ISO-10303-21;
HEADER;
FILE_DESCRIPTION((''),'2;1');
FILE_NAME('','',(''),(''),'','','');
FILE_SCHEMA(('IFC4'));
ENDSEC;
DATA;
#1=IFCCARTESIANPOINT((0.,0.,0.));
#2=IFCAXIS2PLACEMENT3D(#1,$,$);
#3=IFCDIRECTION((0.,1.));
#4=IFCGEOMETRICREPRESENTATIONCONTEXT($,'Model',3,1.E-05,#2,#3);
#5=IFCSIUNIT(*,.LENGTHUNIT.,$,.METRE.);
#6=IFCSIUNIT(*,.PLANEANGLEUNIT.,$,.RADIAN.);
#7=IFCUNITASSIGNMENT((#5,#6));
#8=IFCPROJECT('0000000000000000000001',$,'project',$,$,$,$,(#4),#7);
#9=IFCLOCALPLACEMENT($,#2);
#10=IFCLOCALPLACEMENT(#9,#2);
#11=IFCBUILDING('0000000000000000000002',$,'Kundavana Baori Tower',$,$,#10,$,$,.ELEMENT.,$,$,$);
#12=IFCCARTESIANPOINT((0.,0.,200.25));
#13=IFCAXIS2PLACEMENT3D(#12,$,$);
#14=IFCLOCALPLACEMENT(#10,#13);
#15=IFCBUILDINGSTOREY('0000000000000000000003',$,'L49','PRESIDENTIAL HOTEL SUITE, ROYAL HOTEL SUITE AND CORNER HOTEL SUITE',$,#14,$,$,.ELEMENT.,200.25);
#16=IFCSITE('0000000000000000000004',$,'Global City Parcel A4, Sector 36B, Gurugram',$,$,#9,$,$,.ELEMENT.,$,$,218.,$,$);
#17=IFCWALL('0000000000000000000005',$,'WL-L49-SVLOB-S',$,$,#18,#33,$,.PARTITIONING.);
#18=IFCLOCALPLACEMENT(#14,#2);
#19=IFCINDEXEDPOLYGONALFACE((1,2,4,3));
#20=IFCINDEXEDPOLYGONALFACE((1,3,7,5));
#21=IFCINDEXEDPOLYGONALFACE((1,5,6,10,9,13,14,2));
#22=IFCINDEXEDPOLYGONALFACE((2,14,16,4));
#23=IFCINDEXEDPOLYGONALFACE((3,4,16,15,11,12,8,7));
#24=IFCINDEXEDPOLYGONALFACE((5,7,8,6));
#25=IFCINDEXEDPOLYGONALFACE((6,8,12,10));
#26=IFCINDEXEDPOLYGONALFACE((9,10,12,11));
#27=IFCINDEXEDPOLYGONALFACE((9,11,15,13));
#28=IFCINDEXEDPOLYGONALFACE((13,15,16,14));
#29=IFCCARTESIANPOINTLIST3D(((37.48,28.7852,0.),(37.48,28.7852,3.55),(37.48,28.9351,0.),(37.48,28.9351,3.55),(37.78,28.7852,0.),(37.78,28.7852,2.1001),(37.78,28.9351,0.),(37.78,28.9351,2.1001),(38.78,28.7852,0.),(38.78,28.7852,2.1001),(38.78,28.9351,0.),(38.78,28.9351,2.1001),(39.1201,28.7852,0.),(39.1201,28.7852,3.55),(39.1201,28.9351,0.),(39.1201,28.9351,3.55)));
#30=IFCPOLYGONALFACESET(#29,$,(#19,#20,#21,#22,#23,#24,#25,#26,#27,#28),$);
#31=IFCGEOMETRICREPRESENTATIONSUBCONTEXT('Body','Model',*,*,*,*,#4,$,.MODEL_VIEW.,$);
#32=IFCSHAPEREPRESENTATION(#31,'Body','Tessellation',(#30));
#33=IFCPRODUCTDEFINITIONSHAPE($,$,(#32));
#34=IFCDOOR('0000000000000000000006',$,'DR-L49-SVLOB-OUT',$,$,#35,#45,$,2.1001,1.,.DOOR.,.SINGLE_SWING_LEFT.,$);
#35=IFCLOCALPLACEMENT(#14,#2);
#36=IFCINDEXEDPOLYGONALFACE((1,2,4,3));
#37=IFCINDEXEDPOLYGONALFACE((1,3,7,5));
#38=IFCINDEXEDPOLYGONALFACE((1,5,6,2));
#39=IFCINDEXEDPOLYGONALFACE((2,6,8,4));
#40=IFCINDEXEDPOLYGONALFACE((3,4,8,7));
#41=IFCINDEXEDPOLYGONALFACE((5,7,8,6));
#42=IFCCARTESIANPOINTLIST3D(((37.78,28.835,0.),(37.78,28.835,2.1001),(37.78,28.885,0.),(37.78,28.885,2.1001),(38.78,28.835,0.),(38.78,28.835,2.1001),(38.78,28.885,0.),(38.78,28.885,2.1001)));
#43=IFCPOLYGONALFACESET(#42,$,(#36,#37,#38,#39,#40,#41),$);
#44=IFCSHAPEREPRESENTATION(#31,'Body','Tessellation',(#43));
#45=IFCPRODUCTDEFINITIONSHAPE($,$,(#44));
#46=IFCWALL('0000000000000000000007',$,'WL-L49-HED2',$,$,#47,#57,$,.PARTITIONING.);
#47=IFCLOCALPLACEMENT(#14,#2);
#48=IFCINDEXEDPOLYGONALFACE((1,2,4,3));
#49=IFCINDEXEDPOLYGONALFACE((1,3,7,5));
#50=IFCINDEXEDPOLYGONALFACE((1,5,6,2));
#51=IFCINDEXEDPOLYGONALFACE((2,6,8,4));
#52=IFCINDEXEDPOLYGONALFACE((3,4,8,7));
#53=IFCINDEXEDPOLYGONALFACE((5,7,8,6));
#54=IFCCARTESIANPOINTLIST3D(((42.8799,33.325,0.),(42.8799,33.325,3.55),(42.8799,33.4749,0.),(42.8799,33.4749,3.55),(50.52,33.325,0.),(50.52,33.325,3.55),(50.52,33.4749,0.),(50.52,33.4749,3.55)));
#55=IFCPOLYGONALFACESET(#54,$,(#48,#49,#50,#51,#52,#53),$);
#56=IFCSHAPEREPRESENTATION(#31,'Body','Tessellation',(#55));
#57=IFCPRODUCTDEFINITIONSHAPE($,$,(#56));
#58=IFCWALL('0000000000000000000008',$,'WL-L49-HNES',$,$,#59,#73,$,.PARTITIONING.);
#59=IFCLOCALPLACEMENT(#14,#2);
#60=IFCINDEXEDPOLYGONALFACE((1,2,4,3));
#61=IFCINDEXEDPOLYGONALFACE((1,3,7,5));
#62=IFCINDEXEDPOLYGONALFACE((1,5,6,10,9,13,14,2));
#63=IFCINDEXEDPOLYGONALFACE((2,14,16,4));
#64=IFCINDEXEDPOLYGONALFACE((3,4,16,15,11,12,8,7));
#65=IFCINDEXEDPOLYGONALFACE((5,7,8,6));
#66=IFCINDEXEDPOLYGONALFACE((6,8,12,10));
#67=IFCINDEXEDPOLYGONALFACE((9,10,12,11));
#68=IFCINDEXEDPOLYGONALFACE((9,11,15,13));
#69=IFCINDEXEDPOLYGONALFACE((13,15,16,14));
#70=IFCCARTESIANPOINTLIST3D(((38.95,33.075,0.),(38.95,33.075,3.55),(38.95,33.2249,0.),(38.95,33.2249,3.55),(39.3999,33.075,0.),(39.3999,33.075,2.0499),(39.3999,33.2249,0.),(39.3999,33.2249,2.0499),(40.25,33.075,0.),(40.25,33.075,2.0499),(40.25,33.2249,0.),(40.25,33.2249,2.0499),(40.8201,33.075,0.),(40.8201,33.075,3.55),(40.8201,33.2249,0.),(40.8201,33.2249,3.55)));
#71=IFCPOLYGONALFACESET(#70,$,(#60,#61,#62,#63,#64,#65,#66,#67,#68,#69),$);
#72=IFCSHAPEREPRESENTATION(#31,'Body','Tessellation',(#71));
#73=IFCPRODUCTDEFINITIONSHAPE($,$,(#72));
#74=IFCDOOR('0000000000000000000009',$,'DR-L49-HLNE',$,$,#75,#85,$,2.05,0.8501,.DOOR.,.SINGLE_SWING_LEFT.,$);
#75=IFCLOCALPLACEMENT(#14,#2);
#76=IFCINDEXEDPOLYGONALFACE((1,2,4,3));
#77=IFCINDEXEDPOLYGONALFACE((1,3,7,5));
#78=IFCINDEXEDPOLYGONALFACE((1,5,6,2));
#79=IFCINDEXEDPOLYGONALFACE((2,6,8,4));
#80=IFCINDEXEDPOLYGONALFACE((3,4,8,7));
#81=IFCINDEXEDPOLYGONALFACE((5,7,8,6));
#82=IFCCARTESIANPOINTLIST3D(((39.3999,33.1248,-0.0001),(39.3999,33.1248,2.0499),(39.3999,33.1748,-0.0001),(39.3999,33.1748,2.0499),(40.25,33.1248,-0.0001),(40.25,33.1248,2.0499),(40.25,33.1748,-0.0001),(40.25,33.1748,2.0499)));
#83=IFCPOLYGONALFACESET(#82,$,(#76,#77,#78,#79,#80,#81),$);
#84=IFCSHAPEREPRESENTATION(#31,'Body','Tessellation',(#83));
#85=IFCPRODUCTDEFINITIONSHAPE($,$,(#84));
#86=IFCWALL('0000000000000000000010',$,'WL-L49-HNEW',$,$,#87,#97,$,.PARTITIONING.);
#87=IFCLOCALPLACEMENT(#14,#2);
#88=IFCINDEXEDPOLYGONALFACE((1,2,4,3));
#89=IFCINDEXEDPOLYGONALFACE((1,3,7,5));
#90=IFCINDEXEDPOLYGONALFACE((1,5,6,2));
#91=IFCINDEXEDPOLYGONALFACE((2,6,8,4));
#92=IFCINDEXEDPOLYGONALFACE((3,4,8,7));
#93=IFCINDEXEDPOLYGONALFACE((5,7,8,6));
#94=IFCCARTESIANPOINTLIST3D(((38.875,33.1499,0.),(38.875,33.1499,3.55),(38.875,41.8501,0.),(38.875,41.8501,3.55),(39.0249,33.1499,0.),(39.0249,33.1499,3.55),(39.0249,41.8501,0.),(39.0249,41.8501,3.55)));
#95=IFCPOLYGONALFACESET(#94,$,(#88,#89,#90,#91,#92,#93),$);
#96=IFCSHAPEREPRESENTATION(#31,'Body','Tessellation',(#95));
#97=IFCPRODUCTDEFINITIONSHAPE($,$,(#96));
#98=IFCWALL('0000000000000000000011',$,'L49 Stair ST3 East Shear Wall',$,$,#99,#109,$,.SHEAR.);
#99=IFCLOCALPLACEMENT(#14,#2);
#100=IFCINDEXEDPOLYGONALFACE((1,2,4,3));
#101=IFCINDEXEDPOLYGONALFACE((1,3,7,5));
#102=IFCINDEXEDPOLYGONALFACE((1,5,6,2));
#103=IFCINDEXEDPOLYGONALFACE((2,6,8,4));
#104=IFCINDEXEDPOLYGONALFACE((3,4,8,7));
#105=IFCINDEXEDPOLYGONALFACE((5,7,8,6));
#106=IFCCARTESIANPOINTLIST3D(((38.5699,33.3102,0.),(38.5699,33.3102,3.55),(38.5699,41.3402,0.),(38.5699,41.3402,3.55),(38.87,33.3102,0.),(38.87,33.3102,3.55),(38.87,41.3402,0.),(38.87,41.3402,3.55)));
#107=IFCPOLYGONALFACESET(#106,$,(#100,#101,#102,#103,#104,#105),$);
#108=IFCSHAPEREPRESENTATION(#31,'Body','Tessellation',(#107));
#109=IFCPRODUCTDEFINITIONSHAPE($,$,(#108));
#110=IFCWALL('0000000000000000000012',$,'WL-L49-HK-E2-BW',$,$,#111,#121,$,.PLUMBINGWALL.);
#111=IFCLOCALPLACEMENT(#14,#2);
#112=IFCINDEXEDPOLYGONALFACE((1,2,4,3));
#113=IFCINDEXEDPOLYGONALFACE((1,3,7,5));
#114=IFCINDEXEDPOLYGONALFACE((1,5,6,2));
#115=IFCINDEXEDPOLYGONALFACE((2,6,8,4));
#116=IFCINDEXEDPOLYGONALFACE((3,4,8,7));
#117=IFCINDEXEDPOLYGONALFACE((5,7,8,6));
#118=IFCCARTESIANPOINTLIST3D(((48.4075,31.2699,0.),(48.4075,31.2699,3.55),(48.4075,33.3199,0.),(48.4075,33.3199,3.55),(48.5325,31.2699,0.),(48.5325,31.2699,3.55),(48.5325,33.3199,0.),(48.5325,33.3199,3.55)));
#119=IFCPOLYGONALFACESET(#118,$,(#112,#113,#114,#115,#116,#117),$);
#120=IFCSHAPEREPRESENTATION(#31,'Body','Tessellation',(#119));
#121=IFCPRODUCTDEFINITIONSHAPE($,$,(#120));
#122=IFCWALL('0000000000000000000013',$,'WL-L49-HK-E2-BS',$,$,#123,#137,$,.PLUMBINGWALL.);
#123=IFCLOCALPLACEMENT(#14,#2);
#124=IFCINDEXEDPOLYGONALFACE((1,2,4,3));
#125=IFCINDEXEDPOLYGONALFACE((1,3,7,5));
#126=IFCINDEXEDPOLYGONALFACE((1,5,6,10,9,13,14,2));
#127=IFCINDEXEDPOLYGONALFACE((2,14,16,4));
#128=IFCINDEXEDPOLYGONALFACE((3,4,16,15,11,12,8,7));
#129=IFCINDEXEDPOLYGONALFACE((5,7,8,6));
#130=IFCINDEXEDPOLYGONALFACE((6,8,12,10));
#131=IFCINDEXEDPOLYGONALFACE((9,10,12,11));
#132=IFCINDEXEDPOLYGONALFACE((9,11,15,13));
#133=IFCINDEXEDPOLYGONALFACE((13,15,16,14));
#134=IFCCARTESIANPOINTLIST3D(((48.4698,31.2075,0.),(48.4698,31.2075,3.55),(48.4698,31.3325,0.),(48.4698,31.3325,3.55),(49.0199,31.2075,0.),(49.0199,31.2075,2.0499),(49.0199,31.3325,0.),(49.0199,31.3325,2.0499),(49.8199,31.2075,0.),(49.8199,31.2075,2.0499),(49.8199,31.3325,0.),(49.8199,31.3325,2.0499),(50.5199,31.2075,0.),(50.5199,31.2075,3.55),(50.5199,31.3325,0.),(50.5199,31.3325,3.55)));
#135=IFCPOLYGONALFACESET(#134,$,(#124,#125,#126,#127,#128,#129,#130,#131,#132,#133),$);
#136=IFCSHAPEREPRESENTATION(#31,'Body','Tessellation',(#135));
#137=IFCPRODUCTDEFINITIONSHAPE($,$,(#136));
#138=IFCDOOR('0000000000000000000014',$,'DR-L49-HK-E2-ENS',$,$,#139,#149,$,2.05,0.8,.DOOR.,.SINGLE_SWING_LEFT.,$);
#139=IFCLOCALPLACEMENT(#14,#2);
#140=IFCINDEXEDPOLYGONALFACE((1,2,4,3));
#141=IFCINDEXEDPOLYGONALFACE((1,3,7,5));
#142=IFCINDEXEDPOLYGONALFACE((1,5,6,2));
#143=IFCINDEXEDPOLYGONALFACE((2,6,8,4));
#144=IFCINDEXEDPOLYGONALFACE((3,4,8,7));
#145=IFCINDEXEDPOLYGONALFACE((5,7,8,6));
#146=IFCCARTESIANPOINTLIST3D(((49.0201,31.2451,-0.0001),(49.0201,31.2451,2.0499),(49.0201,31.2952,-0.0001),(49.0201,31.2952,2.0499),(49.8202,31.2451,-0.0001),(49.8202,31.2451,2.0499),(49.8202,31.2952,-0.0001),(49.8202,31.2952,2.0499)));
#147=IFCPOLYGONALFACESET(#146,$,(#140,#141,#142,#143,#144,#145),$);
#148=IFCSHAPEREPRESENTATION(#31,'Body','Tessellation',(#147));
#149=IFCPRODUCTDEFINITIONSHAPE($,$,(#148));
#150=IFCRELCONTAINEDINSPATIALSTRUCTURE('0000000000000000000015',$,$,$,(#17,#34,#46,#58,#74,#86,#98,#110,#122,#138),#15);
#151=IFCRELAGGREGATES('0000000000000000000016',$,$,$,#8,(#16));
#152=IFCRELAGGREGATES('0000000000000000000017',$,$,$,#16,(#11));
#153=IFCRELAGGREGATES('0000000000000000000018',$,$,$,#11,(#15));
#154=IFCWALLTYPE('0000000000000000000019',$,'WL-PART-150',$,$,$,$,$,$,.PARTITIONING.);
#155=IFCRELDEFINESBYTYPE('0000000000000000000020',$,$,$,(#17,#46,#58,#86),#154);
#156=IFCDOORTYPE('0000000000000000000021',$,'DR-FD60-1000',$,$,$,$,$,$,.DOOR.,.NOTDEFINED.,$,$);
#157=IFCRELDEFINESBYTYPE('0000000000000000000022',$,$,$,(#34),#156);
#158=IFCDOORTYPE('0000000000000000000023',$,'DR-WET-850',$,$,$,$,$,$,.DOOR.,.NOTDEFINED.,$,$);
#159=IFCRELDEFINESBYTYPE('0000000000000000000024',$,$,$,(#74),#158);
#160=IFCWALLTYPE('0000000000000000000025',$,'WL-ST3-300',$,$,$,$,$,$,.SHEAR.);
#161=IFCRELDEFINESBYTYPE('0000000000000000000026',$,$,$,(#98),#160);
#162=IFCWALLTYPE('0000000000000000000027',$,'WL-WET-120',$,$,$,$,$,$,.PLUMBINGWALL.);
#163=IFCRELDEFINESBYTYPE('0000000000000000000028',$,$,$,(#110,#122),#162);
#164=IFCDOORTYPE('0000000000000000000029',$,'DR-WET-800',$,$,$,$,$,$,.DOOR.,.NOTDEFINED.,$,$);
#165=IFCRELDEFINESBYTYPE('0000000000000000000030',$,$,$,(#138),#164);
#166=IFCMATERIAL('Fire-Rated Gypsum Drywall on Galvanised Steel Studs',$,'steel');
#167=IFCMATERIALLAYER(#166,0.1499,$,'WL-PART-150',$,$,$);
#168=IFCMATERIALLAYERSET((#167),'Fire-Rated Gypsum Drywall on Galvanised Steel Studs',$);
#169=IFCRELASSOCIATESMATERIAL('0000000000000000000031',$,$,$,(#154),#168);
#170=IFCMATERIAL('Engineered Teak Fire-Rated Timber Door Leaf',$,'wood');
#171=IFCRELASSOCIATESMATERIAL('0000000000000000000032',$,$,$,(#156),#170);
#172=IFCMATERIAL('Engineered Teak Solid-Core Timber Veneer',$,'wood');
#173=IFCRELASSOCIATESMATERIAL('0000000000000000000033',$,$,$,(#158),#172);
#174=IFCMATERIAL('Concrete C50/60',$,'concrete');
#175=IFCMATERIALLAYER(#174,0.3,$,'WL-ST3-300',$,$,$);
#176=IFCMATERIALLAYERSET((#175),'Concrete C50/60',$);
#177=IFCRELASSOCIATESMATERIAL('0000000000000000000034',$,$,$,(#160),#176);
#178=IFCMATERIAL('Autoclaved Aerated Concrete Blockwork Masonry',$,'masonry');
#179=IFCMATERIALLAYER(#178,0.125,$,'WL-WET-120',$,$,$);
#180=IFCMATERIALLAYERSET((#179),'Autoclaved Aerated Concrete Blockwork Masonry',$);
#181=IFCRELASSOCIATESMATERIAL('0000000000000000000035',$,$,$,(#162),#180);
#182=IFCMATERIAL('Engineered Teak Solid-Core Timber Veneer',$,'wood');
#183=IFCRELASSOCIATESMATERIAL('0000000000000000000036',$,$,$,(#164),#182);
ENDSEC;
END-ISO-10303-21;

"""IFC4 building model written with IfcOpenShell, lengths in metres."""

from ifc_helpers import new_model, si_unit, direction, frame, frame_2d, origin, place, context, subcontext, project, spatial, rectangle, extrude, material, layer, layer_set, type_object, element, fill, save


model = new_model("IFC4")

# Units and contexts
model_context = context("Model", 3, precision=1e-05, world=origin(), true_north=direction((0.0, 1.0)))
body_context = subcontext(model_context, "Body", "Model", "MODEL_VIEW")
ifc_project = project(units=[si_unit("LENGTHUNIT", "METRE"), si_unit("PLANEANGLEUNIT", "RADIAN")], contexts=[model_context])

# Site, building, storey
site_placement = place(None, origin())
site = spatial("IfcSite", under=ifc_project, at=site_placement, Name="Global City Parcel A4, Sector 36B, Gurugram", CompositionType="ELEMENT", RefElevation=218.0)
building_placement = place(site_placement, origin())
building = spatial("IfcBuilding", under=site, at=building_placement, Name="Kundavana Baori Tower", CompositionType="ELEMENT")
storey_placement = place(building_placement, frame((0.0, 0.0, 200.25)))
storey = spatial("IfcBuildingStorey", under=building, at=storey_placement, Name="L49", Description="PRESIDENTIAL HOTEL SUITE, ROYAL HOTEL SUITE AND CORNER HOTEL SUITE", CompositionType="ELEMENT", Elevation=200.25)

# Shared definitions
ifc_material_1 = material(Name="Fire-Rated Gypsum Drywall on Galvanised Steel Studs", Category="steel")
ifc_layer_1 = layer(ifc_material_1, 0.1499, Name="WL-PART-150")
ifc_layer_set_1 = layer_set([ifc_layer_1], Name="Fire-Rated Gypsum Drywall on Galvanised Steel Studs")
wall_type_1 = type_object("IfcWallType", Name="WL-PART-150", PredefinedType="PARTITIONING", material=ifc_layer_set_1)

# Wall, opening, door
wall_1_placement = place(storey_placement, frame((37.48, 28.8601, 0.0), z_axis=(0.0, 0.0, 1.0), x_axis=(1.0, 0.0, 0.0)))
wall_1 = element("IfcWall", 1, at=wall_1_placement, inside=storey, type_object=wall_type_1, Name="WL-L49-SVLOB-S", PredefinedType="PARTITIONING", context=body_context, shape_type="SweptSolid", body=[
    extrude(rectangle(XDim=1.6401, YDim=0.1499, at=frame_2d((0.8201, 0.0))), origin(), (0.0, 0.0, 1.0), 3.55),
])
opening_1_placement = place(wall_1_placement, frame((0.3, 0.0, 0.0)))
opening_1 = element("IfcOpeningElement", 2, at=opening_1_placement, cuts=wall_1, PredefinedType="OPENING", context=body_context, shape_type="SweptSolid", body=[
    extrude(rectangle(XDim=1.0, YDim=2.1001, at=frame_2d((0.5, 1.05))), frame((0.0, 0.085, 0.0), z_axis=(0.0, -1.0, 0.0), x_axis=(1.0, 0.0, 0.0)), (0.0, 0.0, 1.0), 0.1699),
])
ifc_material_2 = material(Name="Engineered Teak Fire-Rated Timber Door Leaf", Category="wood")
door_type_1 = type_object("IfcDoorType", Name="DR-FD60-1000", OperationType="NOTDEFINED", PredefinedType="DOOR", material=ifc_material_2)
door_1_placement = place(opening_1_placement, origin())
door_1 = element("IfcDoor", 3, at=door_1_placement, inside=storey, type_object=door_type_1, Name="DR-L49-SVLOB-OUT", OperationType="SINGLE_SWING_LEFT", OverallHeight=2.1001, OverallWidth=1.0, PredefinedType="DOOR", context=body_context, shape_type="SweptSolid", body=[
    extrude(rectangle(XDim=1.0, YDim=2.1001, at=frame_2d((0.5, 1.05))), frame((0.0, 0.0249, 0.0), z_axis=(0.0, -1.0, 0.0), x_axis=(1.0, 0.0, 0.0)), (0.0, 0.0, 1.0), 0.05),
])
fill(opening_1, door_1)

# Wall
wall_2_placement = place(storey_placement, frame((42.8799, 33.3999, 0.0), z_axis=(0.0, 0.0, 1.0), x_axis=(1.0, 0.0, 0.0)))
element("IfcWall", 4, at=wall_2_placement, inside=storey, type_object=wall_type_1, Name="WL-L49-HED2", PredefinedType="PARTITIONING", context=body_context, shape_type="SweptSolid", body=[
    extrude(rectangle(XDim=7.6401, YDim=0.1499, at=frame_2d((3.8201, 0.0))), origin(), (0.0, 0.0, 1.0), 3.55),
])

# Wall, opening, door
wall_3_placement = place(storey_placement, frame((38.95, 33.1499, 0.0), z_axis=(0.0, 0.0, 1.0), x_axis=(1.0, 0.0, 0.0)))
wall_3 = element("IfcWall", 5, at=wall_3_placement, inside=storey, type_object=wall_type_1, Name="WL-L49-HNES", PredefinedType="PARTITIONING", context=body_context, shape_type="SweptSolid", body=[
    extrude(rectangle(XDim=1.8701, YDim=0.1499, at=frame_2d((0.9351, 0.0))), origin(), (0.0, 0.0, 1.0), 3.55),
])
opening_2_placement = place(wall_3_placement, frame((0.45, 0.0, 0.0)))
opening_2 = element("IfcOpeningElement", 6, at=opening_2_placement, cuts=wall_3, PredefinedType="OPENING", context=body_context, shape_type="SweptSolid", body=[
    extrude(rectangle(XDim=0.8501, YDim=2.05, at=frame_2d((0.425, 1.0249))), frame((0.0, 0.085, 0.0), z_axis=(0.0, -1.0, 0.0), x_axis=(1.0, 0.0, 0.0)), (0.0, 0.0, 1.0), 0.1699),
])
ifc_material_3 = material(Name="Engineered Teak Solid-Core Timber Veneer", Category="wood")
door_type_2 = type_object("IfcDoorType", Name="DR-WET-850", OperationType="NOTDEFINED", PredefinedType="DOOR", material=ifc_material_3)
door_2_placement = place(opening_2_placement, origin())
door_2 = element("IfcDoor", 7, at=door_2_placement, inside=storey, type_object=door_type_2, Name="DR-L49-HLNE", OperationType="SINGLE_SWING_LEFT", OverallHeight=2.05, OverallWidth=0.8501, PredefinedType="DOOR", context=body_context, shape_type="SweptSolid", body=[
    extrude(rectangle(XDim=0.8501, YDim=2.05, at=frame_2d((0.425, 1.0249))), frame((0.0, 0.0249, 0.0), z_axis=(0.0, -1.0, 0.0), x_axis=(1.0, 0.0, 0.0)), (0.0, 0.0, 1.0), 0.05),
])
fill(opening_2, door_2)

# Walls
wall_4_placement = place(storey_placement, frame((38.95, 33.1499, 0.0), z_axis=(0.0, 0.0, 1.0), x_axis=(0.0, 1.0, 0.0)))
element("IfcWall", 8, at=wall_4_placement, inside=storey, type_object=wall_type_1, Name="WL-L49-HNEW", PredefinedType="PARTITIONING", context=body_context, shape_type="SweptSolid", body=[
    extrude(rectangle(XDim=8.7002, YDim=0.1499, at=frame_2d((4.3501, 0.0))), origin(), (0.0, 0.0, 1.0), 3.55),
])
ifc_material_4 = material(Name="Concrete C50/60", Category="concrete")
ifc_layer_2 = layer(ifc_material_4, 0.3, Name="WL-ST3-300")
ifc_layer_set_2 = layer_set([ifc_layer_2], Name="Concrete C50/60")
wall_type_2 = type_object("IfcWallType", Name="WL-ST3-300", PredefinedType="SHEAR", material=ifc_layer_set_2)
wall_5_placement = place(storey_placement, frame((38.72, 33.3101, 0.0), z_axis=(0.0, 0.0, 1.0), x_axis=(0.0, 1.0, 0.0)))
element("IfcWall", 9, at=wall_5_placement, inside=storey, type_object=wall_type_2, Name="L49 Stair ST3 East Shear Wall", PredefinedType="SHEAR", context=body_context, shape_type="SweptSolid", body=[
    extrude(rectangle(XDim=8.03, YDim=0.3, at=frame_2d((4.0151, 0.0))), origin(), (0.0, 0.0, 1.0), 3.55),
])
ifc_material_5 = material(Name="Autoclaved Aerated Concrete Blockwork Masonry", Category="masonry")
ifc_layer_3 = layer(ifc_material_5, 0.125, Name="WL-WET-120")
ifc_layer_set_3 = layer_set([ifc_layer_3], Name="Autoclaved Aerated Concrete Blockwork Masonry")
wall_type_3 = type_object("IfcWallType", Name="WL-WET-120", PredefinedType="PLUMBINGWALL", material=ifc_layer_set_3)
wall_6_placement = place(storey_placement, frame((48.47, 31.27, 0.0), z_axis=(0.0, 0.0, 1.0), x_axis=(0.0, 1.0, 0.0)))
element("IfcWall", 10, at=wall_6_placement, inside=storey, type_object=wall_type_3, Name="WL-L49-HK-E2-BW", PredefinedType="PLUMBINGWALL", context=body_context, shape_type="SweptSolid", body=[
    extrude(rectangle(XDim=2.05, YDim=0.125, at=frame_2d((1.0249, 0.0))), origin(), (0.0, 0.0, 1.0), 3.55),
])

# Wall, opening, door
wall_7_placement = place(storey_placement, frame((48.47, 31.27, 0.0), z_axis=(0.0, 0.0, 1.0), x_axis=(1.0, 0.0, 0.0)))
wall_7 = element("IfcWall", 11, at=wall_7_placement, inside=storey, type_object=wall_type_3, Name="WL-L49-HK-E2-BS", PredefinedType="PLUMBINGWALL", context=body_context, shape_type="SweptSolid", body=[
    extrude(rectangle(XDim=2.05, YDim=0.125, at=frame_2d((1.0249, 0.0))), origin(), (0.0, 0.0, 1.0), 3.55),
])
opening_3_placement = place(wall_7_placement, frame((0.55, 0.0, 0.0)))
opening_3 = element("IfcOpeningElement", 12, at=opening_3_placement, cuts=wall_7, PredefinedType="OPENING", context=body_context, shape_type="SweptSolid", body=[
    extrude(rectangle(XDim=0.8, YDim=2.05, at=frame_2d((0.3999, 1.0249))), frame((0.0, 0.0725, 0.0), z_axis=(0.0, -1.0, 0.0), x_axis=(1.0, 0.0, 0.0)), (0.0, 0.0, 1.0), 0.145),
])
ifc_material_6 = material(Name="Engineered Teak Solid-Core Timber Veneer", Category="wood")
door_type_3 = type_object("IfcDoorType", Name="DR-WET-800", OperationType="NOTDEFINED", PredefinedType="DOOR", material=ifc_material_6)
door_3_placement = place(opening_3_placement, frame((0.8, 0.0, 0.0), z_axis=(0.0, 0.0, 1.0), x_axis=(-1.0, 0.0, 0.0)))
door_3 = element("IfcDoor", 13, at=door_3_placement, inside=storey, type_object=door_type_3, Name="DR-L49-HK-E2-ENS", OperationType="SINGLE_SWING_LEFT", OverallHeight=2.05, OverallWidth=0.8, PredefinedType="DOOR", context=body_context, shape_type="SweptSolid", body=[
    extrude(rectangle(XDim=0.8, YDim=2.05, at=frame_2d((0.3999, 1.0249))), frame((0.0, 0.0249, 0.0), z_axis=(0.0, -1.0, 0.0), x_axis=(1.0, 0.0, 0.0)), (0.0, 0.0, 1.0), 0.05),
])
fill(opening_3, door_3)

save(model, "model.ifc")
